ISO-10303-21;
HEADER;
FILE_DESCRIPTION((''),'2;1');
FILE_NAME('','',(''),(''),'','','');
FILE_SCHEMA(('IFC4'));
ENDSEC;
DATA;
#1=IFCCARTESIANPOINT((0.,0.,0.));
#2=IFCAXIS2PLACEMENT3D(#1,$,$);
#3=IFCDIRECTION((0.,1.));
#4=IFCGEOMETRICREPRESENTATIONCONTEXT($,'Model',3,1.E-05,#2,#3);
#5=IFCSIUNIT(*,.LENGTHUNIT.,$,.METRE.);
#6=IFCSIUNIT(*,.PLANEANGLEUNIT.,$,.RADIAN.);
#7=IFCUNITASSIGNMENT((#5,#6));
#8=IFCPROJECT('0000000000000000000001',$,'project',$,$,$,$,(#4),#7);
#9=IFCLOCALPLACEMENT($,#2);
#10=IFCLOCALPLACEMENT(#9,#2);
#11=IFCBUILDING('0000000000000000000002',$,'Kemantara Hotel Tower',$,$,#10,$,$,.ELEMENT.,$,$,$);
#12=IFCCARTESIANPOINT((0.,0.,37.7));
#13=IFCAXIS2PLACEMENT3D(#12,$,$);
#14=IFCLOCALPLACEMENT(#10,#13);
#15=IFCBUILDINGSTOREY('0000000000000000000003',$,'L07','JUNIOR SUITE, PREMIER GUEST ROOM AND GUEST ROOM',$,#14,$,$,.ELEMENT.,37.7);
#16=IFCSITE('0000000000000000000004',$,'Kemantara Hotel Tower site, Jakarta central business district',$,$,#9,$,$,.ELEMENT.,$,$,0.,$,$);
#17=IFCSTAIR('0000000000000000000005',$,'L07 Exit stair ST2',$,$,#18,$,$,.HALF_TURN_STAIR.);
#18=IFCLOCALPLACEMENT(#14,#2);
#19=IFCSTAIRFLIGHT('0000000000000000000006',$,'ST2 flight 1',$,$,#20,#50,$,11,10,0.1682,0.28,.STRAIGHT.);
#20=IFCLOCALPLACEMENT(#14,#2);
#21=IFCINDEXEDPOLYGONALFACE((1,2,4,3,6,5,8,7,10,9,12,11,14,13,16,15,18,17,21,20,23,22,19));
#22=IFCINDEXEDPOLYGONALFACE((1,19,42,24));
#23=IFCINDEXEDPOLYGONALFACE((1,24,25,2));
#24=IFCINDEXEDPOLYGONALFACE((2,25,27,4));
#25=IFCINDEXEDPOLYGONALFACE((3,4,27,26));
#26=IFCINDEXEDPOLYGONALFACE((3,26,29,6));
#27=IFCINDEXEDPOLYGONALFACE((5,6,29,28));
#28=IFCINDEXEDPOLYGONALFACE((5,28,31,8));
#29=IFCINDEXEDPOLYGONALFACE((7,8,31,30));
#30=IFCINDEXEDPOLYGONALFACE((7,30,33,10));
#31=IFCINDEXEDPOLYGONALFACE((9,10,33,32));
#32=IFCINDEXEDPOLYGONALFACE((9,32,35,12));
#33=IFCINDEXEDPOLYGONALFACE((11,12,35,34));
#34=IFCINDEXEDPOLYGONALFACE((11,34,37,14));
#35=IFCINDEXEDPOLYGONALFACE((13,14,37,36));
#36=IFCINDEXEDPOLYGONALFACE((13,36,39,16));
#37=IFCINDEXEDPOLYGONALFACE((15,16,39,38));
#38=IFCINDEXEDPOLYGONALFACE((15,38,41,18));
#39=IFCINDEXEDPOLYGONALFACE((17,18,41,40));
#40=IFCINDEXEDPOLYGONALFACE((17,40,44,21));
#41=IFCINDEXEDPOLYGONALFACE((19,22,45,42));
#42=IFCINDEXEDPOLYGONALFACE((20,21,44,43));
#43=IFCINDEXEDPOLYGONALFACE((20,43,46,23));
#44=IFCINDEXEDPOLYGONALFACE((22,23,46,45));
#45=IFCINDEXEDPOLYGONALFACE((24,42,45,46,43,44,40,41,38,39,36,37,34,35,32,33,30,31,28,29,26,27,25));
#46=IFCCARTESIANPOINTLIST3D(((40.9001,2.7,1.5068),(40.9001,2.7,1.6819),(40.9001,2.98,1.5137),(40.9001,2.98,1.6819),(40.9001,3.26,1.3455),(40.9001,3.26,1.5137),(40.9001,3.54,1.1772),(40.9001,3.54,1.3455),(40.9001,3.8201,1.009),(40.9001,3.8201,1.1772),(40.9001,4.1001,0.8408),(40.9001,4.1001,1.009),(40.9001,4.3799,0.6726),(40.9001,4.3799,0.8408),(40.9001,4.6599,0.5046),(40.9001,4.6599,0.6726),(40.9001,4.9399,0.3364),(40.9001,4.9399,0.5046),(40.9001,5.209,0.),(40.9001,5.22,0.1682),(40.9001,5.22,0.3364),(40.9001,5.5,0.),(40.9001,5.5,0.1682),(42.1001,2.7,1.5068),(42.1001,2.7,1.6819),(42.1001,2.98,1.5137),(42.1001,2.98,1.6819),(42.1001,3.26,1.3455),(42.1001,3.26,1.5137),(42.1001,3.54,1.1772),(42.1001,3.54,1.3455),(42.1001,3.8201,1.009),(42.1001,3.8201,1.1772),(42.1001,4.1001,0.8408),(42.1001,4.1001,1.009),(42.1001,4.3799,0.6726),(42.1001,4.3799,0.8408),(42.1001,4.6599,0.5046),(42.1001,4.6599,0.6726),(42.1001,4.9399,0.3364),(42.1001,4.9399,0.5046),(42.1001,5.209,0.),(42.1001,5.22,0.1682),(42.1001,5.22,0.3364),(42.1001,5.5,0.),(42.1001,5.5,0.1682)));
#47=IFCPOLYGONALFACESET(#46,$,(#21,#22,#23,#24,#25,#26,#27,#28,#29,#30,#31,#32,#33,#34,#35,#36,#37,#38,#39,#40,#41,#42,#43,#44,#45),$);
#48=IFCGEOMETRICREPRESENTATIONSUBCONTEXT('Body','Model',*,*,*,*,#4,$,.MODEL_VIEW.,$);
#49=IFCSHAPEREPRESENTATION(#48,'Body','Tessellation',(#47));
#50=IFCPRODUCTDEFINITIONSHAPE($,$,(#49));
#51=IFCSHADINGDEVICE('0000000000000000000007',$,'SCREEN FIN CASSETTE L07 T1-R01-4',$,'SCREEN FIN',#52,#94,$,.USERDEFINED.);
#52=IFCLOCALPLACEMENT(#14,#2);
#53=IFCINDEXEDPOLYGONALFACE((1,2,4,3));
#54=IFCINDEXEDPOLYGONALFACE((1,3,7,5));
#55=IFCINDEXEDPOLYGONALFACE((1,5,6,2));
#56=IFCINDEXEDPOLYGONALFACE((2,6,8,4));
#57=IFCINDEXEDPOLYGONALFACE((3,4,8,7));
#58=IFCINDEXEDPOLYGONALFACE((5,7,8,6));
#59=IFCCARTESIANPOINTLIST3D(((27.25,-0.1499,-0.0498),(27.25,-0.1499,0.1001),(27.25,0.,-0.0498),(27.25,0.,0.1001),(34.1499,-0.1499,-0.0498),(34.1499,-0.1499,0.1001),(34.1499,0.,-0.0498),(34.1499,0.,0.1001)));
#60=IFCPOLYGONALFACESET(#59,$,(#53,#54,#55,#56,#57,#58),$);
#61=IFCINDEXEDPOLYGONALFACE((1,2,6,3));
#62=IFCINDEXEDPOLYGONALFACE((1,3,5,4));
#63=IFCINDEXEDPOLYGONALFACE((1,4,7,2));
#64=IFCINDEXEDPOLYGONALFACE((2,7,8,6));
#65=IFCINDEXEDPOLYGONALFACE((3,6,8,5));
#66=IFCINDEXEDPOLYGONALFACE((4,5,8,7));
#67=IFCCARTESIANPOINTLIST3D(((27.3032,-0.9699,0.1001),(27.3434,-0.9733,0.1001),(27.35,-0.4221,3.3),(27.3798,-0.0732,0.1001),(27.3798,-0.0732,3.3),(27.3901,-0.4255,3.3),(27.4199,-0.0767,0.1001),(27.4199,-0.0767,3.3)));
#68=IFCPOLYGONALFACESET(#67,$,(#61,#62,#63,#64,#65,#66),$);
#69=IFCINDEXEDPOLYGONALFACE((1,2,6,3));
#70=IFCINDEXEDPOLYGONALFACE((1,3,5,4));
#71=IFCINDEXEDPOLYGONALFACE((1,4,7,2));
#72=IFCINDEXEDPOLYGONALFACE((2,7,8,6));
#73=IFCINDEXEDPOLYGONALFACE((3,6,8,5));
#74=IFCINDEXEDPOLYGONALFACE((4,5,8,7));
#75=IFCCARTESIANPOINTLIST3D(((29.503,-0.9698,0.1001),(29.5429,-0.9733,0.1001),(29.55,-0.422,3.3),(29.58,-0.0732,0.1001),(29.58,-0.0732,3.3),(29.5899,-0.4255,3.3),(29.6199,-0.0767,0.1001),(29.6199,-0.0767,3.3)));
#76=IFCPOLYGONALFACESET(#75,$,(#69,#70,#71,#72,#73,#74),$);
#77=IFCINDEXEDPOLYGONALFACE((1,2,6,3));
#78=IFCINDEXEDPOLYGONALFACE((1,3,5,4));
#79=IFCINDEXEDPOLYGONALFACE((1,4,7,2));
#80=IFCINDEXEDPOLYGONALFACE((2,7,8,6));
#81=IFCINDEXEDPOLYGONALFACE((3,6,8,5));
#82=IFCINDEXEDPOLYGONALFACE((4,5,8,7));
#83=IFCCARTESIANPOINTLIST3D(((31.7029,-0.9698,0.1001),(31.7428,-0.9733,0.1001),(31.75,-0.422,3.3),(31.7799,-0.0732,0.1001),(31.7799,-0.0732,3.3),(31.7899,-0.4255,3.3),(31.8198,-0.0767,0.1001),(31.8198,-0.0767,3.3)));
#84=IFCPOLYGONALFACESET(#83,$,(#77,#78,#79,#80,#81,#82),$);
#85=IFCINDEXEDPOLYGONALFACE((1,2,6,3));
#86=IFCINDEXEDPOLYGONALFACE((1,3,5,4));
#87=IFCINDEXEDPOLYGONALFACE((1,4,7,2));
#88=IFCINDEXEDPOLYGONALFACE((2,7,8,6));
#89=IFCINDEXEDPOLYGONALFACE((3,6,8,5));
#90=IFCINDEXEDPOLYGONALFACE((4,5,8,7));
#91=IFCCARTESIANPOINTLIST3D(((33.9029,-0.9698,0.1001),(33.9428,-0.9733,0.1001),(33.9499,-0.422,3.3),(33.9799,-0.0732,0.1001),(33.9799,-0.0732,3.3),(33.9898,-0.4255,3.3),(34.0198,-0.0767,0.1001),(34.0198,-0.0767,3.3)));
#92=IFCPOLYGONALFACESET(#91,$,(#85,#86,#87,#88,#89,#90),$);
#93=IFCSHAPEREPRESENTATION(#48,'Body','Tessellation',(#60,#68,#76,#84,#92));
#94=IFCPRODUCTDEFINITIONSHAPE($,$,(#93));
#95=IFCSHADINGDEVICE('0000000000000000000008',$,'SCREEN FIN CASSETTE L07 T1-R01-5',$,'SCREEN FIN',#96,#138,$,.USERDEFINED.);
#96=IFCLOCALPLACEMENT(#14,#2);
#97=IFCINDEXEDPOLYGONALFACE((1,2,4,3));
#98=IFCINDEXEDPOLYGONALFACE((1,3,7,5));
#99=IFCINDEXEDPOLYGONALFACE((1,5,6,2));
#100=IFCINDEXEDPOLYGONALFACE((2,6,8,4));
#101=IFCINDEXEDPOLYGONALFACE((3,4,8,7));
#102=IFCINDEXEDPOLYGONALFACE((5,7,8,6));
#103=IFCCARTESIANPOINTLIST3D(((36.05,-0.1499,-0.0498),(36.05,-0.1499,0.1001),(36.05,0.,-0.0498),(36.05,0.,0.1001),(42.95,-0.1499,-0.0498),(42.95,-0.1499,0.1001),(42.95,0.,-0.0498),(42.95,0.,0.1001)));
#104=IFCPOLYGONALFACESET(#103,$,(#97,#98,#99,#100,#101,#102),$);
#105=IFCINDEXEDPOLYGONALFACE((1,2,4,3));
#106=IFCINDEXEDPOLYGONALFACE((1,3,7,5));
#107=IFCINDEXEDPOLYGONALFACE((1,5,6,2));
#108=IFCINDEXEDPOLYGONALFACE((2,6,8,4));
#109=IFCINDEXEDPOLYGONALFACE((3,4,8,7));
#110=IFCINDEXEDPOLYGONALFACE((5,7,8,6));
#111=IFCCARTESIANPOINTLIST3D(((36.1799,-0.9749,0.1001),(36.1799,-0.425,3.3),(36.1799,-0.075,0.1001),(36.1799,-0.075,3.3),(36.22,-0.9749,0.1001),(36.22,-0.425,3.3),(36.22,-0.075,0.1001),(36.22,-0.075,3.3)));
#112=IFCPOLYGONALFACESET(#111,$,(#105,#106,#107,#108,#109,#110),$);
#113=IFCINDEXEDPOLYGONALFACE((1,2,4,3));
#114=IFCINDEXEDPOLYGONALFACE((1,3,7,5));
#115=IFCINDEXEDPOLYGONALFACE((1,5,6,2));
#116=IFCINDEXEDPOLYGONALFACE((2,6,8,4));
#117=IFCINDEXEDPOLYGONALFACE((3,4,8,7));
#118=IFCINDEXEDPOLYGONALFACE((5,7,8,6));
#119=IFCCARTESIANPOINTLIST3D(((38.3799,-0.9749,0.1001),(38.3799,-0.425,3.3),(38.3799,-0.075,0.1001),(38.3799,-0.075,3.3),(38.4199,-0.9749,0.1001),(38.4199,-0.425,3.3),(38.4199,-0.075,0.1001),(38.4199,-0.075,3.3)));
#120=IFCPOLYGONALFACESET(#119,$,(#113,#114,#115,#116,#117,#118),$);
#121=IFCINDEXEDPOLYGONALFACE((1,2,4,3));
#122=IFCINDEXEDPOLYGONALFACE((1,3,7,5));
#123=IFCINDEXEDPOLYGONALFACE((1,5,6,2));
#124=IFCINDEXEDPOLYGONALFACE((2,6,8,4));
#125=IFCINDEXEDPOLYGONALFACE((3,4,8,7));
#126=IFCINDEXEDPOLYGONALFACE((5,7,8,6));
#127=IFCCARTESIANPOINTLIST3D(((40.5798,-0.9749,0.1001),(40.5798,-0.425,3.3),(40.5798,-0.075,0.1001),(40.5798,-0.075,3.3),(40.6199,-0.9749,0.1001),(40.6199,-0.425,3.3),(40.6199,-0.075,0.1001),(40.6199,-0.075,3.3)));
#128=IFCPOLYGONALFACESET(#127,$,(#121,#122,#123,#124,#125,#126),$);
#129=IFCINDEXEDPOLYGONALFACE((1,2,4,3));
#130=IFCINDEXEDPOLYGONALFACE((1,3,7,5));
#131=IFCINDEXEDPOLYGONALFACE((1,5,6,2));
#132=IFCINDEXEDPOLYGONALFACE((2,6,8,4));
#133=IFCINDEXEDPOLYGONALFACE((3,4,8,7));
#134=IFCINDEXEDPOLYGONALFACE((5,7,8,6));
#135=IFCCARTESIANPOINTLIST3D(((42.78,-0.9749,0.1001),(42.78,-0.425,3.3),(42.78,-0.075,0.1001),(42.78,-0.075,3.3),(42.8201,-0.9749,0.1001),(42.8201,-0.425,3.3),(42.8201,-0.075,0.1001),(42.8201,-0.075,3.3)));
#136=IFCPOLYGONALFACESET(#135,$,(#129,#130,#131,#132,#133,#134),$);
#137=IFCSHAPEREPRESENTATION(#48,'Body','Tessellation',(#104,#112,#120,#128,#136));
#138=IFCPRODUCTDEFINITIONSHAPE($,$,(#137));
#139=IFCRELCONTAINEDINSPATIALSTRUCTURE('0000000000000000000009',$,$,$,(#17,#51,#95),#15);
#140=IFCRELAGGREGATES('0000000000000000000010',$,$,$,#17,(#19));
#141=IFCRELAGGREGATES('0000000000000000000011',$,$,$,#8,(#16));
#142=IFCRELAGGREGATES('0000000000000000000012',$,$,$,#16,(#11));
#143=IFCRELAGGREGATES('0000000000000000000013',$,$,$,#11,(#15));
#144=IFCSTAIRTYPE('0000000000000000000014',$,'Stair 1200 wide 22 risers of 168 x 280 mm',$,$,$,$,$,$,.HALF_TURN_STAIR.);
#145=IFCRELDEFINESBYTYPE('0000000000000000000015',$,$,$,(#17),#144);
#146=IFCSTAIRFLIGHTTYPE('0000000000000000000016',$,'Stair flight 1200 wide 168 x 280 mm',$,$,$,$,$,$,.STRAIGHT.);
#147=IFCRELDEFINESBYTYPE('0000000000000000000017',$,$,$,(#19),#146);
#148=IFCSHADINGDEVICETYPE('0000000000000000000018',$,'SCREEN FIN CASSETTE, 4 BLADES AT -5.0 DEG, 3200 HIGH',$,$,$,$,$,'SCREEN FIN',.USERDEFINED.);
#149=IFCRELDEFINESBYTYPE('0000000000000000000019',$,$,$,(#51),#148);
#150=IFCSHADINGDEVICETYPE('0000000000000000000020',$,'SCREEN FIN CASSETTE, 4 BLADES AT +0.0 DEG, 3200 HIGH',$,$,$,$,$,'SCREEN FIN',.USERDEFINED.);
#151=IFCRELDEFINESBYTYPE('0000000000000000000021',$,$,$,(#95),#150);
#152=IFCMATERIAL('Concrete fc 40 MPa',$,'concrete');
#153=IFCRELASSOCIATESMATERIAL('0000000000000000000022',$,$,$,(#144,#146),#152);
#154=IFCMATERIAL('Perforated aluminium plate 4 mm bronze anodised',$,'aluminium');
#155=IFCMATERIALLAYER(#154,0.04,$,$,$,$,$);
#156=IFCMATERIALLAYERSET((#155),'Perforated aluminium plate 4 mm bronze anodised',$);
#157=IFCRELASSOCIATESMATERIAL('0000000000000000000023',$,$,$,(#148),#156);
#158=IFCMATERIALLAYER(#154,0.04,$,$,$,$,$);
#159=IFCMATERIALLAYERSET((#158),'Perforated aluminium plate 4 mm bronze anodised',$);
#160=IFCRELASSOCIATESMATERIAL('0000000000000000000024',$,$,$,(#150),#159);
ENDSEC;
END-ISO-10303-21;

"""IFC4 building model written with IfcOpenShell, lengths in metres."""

from ifc_helpers import new_model, si_unit, direction, frame, origin, origin_2d, place, context, subcontext, project, spatial, polyline, rectangle, outline, extrude, source, transform, mapped, material, layer, layer_set, type_object, element, aggregate, save


model = new_model("IFC4")

# Units and contexts
model_context = context("Model", 3, precision=1e-05, world=origin(), true_north=direction((0.0, 1.0)))
body_context = subcontext(model_context, "Body", "Model", "MODEL_VIEW")
ifc_project = project(units=[si_unit("LENGTHUNIT", "METRE"), si_unit("PLANEANGLEUNIT", "RADIAN")], contexts=[model_context])

# Site, building, storey
site_placement = place(None, origin())
site = spatial("IfcSite", under=ifc_project, at=site_placement, Name="Kemantara Hotel Tower site, Jakarta central business district", CompositionType="ELEMENT", RefElevation=0.0)
building_placement = place(site_placement, origin())
building = spatial("IfcBuilding", under=site, at=building_placement, Name="Kemantara Hotel Tower", CompositionType="ELEMENT")
storey_placement = place(building_placement, frame((0.0, 0.0, 37.7)))
storey = spatial("IfcBuildingStorey", under=building, at=storey_placement, Name="L07", Description="JUNIOR SUITE, PREMIER GUEST ROOM AND GUEST ROOM", CompositionType="ELEMENT", Elevation=37.7)

# Stair, stair flight
ifc_material_1 = material(Name="Concrete fc 40 MPa", Category="concrete")
stair_type = type_object("IfcStairType", Name="Stair 1200 wide 22 risers of 168 x 280 mm", PredefinedType="HALF_TURN_STAIR", material=ifc_material_1)
stair_placement = place(storey_placement, origin())
stair = element("IfcStair", 1, at=stair_placement, inside=storey, type_object=stair_type, Name="L07 Exit stair ST2", PredefinedType="HALF_TURN_STAIR")
stair_flight_type = type_object("IfcStairFlightType", Name="Stair flight 1200 wide 168 x 280 mm", PredefinedType="STRAIGHT", material=ifc_material_1)
stair_flight_placement = place(storey_placement, frame((41.5, 5.5, 0.0), z_axis=(0.0, 0.0, 1.0), x_axis=(0.0, -1.0, 0.0)))
stair_flight = element("IfcStairFlight", 2, at=stair_flight_placement, type_object=stair_flight_type, Name="ST2 flight 1", NumberOfRisers=11, NumberOfTreads=10, PredefinedType="STRAIGHT", RiserHeight=0.1682, TreadLength=0.28, context=body_context, shape_type="SweptSolid", body=[
    extrude(outline(polyline([(0.0, 0.0), (0.0, 0.1682), (0.28, 0.1682), (0.28, 0.3364), (0.5601, 0.3364), (0.5601, 0.5046), (0.8401, 0.5046), (0.8401, 0.6726), (1.1201, 0.6726), (1.1201, 0.8408), (1.3999, 0.8408), (1.3999, 1.009), (1.6799, 1.009), (1.6799, 1.1772), (1.96, 1.1772), (1.96, 1.3455), (2.24, 1.3455), (2.24, 1.5137), (2.52, 1.5137), (2.52, 1.6819), (2.8, 1.6819), (2.8, 1.8501), (2.8, 1.5068), (0.291, 0.0), (0.0, 0.0)])), frame((0.0, 0.6001, 0.0), z_axis=(0.0, -1.0, 0.0), x_axis=(1.0, 0.0, 0.0)), (0.0, 0.0, 1.0), 1.2),
])
aggregate(stair, [stair_flight])

# Shading devices
ifc_material_2 = material(Name="Perforated aluminium plate 4 mm bronze anodised", Category="aluminium")
ifc_layer_1 = layer(ifc_material_2, 0.04)
ifc_layer_set_1 = layer_set([ifc_layer_1], Name="Perforated aluminium plate 4 mm bronze anodised")
shading_device_type_1 = type_object("IfcShadingDeviceType", Name="SCREEN FIN CASSETTE, 4 BLADES AT -5.0 DEG, 3200 HIGH", ElementType="SCREEN FIN", PredefinedType="USERDEFINED", material=ifc_layer_set_1)
shared_shape_1 = source(origin(), body_context, "Body", "SweptSolid", [
    extrude(rectangle(XDim=6.8999, YDim=0.1499, at=origin_2d()), frame((3.3, -0.075, -0.1499), z_axis=(0.0, 0.0, 1.0), x_axis=(1.0, 0.0, 0.0)), (0.0, 0.0, 1.0), 0.1499),
    extrude(outline(polyline([(0.0, 0.0), (0.8999, 0.0), (0.3501, 3.2), (0.0, 3.2), (0.0, 0.0)])), frame((0.02, -0.0767, 0.0), z_axis=(-0.996376, 0.085056, 0.0), x_axis=(-0.085056, -0.996376, 0.0)), (0.0, 0.0, 1.0), 0.0403),
    extrude(outline(polyline([(0.0, 0.0), (0.8999, 0.0), (0.3501, 3.2), (0.0, 3.2), (0.0, 0.0)])), frame((2.22, -0.0767, 0.0), z_axis=(-0.996332, 0.085575, 0.0), x_axis=(-0.085575, -0.996332, 0.0)), (0.0, 0.0, 1.0), 0.04),
    extrude(outline(polyline([(0.0, 0.0), (0.8999, 0.0), (0.3501, 3.2), (0.0, 3.2), (0.0, 0.0)])), frame((4.4199, -0.0767, 0.0), z_axis=(-0.996332, 0.085575, 0.0), x_axis=(-0.085575, -0.996332, 0.0)), (0.0, 0.0, 1.0), 0.04),
    extrude(outline(polyline([(0.0, 0.0), (0.8999, 0.0), (0.3501, 3.2), (0.0, 3.2), (0.0, 0.0)])), frame((6.6199, -0.0767, 0.0), z_axis=(-0.996332, 0.085575, 0.0), x_axis=(-0.085575, -0.996332, 0.0)), (0.0, 0.0, 1.0), 0.04),
])
shading_device_1_placement = place(storey_placement, frame((27.3999, 0.0, 0.1001), z_axis=(0.0, 0.0, 1.0), x_axis=(1.0, 0.0, 0.0)))
element("IfcShadingDevice", 3, at=shading_device_1_placement, inside=storey, type_object=shading_device_type_1, Name="SCREEN FIN CASSETTE L07 T1-R01-4", ObjectType="SCREEN FIN", PredefinedType="USERDEFINED", context=body_context, shape_type="MappedRepresentation", body=[
    mapped(shared_shape_1, transform((0.0, 0.0, 0.0))),
])
ifc_layer_2 = layer(ifc_material_2, 0.04)
ifc_layer_set_2 = layer_set([ifc_layer_2], Name="Perforated aluminium plate 4 mm bronze anodised")
shading_device_type_2 = type_object("IfcShadingDeviceType", Name="SCREEN FIN CASSETTE, 4 BLADES AT +0.0 DEG, 3200 HIGH", ElementType="SCREEN FIN", PredefinedType="USERDEFINED", material=ifc_layer_set_2)
shared_shape_2 = source(origin(), body_context, "Body", "SweptSolid", [
    extrude(rectangle(XDim=6.8999, YDim=0.1499, at=origin_2d()), frame((3.3, -0.075, -0.1499), z_axis=(0.0, 0.0, 1.0), x_axis=(1.0, 0.0, 0.0)), (0.0, 0.0, 1.0), 0.1499),
    extrude(outline(polyline([(0.0, 0.0), (0.8999, 0.0), (0.3501, 3.2), (0.0, 3.2), (0.0, 0.0)])), frame((0.02, -0.075, 0.0), z_axis=(-1.0, 0.0, 0.0), x_axis=(0.0, -1.0, 0.0)), (0.0, 0.0, 1.0), 0.04),
    extrude(outline(polyline([(0.0, 0.0), (0.8999, 0.0), (0.3501, 3.2), (0.0, 3.2), (0.0, 0.0)])), frame((2.22, -0.075, 0.0), z_axis=(-1.0, 0.0, 0.0), x_axis=(0.0, -1.0, 0.0)), (0.0, 0.0, 1.0), 0.04),
    extrude(outline(polyline([(0.0, 0.0), (0.8999, 0.0), (0.3501, 3.2), (0.0, 3.2), (0.0, 0.0)])), frame((4.4199, -0.075, 0.0), z_axis=(-1.0, 0.0, 0.0), x_axis=(0.0, -1.0, 0.0)), (0.0, 0.0, 1.0), 0.04),
    extrude(outline(polyline([(0.0, 0.0), (0.8999, 0.0), (0.3501, 3.2), (0.0, 3.2), (0.0, 0.0)])), frame((6.6201, -0.075, 0.0), z_axis=(-1.0, 0.0, 0.0), x_axis=(0.0, -1.0, 0.0)), (0.0, 0.0, 1.0), 0.04),
])
shading_device_2_placement = place(storey_placement, frame((36.2, 0.0, 0.1001), z_axis=(0.0, 0.0, 1.0), x_axis=(1.0, 0.0, 0.0)))
element("IfcShadingDevice", 4, at=shading_device_2_placement, inside=storey, type_object=shading_device_type_2, Name="SCREEN FIN CASSETTE L07 T1-R01-5", ObjectType="SCREEN FIN", PredefinedType="USERDEFINED", context=body_context, shape_type="MappedRepresentation", body=[
    mapped(shared_shape_2, transform((0.0, 0.0, 0.0))),
])

save(model, "model.ifc")
